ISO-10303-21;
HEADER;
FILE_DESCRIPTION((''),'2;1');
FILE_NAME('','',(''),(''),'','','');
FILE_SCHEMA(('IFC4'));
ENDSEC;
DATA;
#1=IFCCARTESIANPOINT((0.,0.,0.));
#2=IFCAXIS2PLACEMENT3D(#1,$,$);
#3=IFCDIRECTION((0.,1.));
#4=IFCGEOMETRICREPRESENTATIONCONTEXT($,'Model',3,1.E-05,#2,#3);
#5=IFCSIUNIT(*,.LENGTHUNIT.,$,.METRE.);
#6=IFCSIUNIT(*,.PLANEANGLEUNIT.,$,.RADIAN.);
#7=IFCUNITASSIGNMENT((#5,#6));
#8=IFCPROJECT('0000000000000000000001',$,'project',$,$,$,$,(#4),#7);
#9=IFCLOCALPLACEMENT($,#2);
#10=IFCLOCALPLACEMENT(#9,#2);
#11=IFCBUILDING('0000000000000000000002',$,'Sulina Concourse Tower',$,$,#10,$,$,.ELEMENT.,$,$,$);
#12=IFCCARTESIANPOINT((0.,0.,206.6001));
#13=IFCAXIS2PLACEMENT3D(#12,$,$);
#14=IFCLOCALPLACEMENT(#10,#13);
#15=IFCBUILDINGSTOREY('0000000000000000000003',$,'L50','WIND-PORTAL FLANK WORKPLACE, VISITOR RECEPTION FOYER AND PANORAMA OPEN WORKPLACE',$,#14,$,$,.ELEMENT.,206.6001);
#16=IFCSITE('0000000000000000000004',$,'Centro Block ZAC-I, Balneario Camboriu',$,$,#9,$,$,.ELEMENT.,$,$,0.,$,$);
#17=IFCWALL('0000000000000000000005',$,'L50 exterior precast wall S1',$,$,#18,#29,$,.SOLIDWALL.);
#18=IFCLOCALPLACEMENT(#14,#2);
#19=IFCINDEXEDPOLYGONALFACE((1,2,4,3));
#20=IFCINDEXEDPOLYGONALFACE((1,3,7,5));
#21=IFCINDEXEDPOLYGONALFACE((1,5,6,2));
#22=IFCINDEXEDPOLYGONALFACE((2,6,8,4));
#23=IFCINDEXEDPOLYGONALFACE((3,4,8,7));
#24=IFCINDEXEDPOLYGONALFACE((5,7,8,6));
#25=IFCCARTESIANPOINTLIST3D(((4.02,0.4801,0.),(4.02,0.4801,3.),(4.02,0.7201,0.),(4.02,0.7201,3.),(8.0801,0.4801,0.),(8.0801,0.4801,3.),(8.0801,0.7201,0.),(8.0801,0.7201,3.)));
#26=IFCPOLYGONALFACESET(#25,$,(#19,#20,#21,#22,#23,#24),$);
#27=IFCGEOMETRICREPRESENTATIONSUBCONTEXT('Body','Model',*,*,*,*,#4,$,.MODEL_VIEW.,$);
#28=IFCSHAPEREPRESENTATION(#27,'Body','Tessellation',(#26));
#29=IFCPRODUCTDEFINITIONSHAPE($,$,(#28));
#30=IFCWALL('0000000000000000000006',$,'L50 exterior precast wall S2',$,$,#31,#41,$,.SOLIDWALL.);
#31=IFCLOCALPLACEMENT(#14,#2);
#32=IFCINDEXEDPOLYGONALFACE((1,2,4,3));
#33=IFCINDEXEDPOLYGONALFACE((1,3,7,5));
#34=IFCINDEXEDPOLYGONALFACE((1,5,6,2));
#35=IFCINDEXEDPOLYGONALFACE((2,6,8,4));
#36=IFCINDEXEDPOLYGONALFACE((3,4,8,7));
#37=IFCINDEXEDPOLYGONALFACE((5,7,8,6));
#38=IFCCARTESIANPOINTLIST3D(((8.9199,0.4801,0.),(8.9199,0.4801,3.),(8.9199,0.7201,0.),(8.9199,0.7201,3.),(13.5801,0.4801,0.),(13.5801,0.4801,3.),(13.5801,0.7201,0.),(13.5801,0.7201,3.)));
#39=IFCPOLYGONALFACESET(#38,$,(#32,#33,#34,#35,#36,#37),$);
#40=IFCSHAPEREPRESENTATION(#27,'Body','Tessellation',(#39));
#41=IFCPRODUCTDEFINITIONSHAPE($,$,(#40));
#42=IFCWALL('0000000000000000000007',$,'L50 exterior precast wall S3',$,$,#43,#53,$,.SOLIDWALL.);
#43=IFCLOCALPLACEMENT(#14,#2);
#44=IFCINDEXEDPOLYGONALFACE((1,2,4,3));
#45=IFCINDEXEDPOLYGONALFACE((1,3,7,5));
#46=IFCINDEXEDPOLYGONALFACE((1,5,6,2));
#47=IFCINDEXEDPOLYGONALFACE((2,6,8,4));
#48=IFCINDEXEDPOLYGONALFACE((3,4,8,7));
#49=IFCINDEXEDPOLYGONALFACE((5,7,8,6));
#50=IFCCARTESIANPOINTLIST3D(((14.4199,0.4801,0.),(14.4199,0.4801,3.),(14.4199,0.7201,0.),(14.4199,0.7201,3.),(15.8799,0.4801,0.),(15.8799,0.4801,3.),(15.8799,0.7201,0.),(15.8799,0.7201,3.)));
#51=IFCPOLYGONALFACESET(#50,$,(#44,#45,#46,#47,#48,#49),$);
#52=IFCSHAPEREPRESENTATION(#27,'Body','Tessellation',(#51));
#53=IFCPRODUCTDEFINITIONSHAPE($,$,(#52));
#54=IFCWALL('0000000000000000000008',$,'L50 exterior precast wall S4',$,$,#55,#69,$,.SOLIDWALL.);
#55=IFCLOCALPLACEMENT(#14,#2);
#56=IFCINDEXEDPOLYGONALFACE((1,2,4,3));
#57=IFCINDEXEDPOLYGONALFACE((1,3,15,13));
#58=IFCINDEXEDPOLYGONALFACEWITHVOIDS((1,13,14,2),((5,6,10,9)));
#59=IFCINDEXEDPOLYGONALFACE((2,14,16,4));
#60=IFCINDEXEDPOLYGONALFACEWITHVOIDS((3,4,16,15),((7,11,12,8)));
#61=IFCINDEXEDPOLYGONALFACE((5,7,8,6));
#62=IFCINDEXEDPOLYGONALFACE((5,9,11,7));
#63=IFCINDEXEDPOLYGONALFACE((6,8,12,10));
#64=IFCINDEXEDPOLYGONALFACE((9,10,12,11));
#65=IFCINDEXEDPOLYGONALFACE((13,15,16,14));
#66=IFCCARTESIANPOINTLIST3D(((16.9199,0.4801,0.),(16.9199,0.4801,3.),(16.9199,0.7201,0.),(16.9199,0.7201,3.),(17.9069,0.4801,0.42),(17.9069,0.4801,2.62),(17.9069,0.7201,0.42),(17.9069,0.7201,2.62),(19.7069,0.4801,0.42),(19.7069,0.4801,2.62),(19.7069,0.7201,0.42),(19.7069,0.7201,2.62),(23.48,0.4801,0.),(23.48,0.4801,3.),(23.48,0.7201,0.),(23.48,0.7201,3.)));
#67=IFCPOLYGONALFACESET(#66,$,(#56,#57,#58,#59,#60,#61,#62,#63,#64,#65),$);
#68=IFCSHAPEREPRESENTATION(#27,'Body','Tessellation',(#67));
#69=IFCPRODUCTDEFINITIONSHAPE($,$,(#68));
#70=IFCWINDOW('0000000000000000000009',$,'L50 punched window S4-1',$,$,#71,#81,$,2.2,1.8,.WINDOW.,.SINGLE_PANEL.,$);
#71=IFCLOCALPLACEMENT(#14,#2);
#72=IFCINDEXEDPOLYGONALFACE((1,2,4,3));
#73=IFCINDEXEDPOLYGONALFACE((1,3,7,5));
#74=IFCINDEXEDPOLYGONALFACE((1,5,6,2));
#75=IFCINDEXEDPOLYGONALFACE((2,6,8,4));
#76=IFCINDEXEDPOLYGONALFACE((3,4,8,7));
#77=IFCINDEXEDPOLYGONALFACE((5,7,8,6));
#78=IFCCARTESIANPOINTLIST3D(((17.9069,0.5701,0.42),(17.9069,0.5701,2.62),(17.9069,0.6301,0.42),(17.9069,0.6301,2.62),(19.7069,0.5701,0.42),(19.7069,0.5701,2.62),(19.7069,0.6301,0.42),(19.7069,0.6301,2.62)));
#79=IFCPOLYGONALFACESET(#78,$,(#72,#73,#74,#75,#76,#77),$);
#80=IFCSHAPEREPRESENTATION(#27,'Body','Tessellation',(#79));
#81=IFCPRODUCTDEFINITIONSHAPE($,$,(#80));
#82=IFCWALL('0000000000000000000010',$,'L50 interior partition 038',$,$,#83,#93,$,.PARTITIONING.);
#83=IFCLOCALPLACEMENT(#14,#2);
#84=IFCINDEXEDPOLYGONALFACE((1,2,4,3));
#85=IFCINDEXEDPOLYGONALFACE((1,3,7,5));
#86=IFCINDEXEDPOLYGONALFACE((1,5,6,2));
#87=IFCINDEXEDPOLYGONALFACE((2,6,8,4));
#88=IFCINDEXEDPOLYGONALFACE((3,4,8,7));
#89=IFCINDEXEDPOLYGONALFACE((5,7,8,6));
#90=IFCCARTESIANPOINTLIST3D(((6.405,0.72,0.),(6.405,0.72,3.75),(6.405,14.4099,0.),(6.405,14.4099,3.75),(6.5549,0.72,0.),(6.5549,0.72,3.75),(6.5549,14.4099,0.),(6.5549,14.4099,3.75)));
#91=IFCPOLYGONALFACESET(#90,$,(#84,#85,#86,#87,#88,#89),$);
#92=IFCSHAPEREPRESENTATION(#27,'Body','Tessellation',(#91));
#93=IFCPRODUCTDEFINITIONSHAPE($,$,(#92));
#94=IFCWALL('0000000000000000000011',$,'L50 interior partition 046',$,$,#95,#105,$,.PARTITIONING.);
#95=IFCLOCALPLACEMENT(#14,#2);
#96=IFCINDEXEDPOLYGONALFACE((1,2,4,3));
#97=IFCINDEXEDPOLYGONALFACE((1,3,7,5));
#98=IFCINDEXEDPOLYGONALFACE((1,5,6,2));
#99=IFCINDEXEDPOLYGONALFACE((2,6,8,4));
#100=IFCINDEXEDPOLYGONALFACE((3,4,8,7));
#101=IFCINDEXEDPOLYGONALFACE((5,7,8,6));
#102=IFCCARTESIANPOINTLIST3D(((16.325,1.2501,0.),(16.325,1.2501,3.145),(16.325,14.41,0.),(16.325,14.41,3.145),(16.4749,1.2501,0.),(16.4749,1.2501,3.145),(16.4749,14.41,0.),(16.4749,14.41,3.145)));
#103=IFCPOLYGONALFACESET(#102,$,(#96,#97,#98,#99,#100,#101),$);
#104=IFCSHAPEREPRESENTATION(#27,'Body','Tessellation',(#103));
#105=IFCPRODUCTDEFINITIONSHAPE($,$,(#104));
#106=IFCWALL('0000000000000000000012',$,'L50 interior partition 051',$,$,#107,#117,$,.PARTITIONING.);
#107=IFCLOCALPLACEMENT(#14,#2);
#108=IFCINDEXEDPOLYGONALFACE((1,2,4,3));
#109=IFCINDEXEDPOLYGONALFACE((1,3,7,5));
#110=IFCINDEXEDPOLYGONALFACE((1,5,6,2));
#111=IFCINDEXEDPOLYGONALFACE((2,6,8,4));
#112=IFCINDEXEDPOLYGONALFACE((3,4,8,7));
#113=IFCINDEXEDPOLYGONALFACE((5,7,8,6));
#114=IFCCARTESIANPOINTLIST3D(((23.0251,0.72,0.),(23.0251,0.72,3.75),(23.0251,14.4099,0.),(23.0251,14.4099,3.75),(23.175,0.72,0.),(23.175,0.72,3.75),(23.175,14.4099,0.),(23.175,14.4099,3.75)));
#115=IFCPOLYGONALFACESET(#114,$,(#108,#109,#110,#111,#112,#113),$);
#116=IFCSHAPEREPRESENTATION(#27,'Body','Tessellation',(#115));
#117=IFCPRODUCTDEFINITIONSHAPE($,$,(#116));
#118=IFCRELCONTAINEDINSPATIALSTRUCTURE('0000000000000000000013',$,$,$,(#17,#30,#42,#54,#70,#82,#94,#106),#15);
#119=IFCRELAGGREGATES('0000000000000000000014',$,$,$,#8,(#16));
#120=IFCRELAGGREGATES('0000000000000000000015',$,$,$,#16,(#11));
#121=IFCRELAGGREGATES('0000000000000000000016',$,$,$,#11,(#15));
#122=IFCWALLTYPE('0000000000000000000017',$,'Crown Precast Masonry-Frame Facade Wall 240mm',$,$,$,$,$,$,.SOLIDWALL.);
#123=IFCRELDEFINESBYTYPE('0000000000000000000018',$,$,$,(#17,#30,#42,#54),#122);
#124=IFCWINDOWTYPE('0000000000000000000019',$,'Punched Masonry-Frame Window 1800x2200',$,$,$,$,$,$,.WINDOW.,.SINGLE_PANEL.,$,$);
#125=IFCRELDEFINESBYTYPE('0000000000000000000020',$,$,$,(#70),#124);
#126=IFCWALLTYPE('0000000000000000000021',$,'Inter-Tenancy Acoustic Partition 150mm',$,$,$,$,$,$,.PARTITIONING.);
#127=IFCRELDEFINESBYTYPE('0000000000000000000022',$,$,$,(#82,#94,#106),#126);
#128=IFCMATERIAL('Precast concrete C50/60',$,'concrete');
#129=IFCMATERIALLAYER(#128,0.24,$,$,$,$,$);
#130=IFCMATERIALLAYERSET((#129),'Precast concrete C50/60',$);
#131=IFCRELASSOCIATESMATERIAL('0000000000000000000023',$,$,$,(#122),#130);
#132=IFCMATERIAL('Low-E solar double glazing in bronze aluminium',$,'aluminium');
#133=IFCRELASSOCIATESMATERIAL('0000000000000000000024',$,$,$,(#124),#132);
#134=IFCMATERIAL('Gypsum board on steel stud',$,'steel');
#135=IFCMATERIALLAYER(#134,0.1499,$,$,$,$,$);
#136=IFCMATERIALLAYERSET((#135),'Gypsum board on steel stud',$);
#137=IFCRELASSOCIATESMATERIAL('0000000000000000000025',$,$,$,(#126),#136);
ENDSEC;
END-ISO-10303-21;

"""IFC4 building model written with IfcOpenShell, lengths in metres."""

from ifc_helpers import new_model, si_unit, direction, frame, frame_2d, origin, place, context, subcontext, project, spatial, rectangle, extrude, material, layer, layer_set, type_object, element, fill, save


model = new_model("IFC4")

# Units and contexts
model_context = context("Model", 3, precision=1e-05, world=origin(), true_north=direction((0.0, 1.0)))
body_context = subcontext(model_context, "Body", "Model", "MODEL_VIEW")
ifc_project = project(units=[si_unit("LENGTHUNIT", "METRE"), si_unit("PLANEANGLEUNIT", "RADIAN")], contexts=[model_context])

# Site, building, storey
site_placement = place(None, origin())
site = spatial("IfcSite", under=ifc_project, at=site_placement, Name="Centro Block ZAC-I, Balneario Camboriu", CompositionType="ELEMENT", RefElevation=0.0)
building_placement = place(site_placement, origin())
building = spatial("IfcBuilding", under=site, at=building_placement, Name="Sulina Concourse Tower", CompositionType="ELEMENT")
storey_placement = place(building_placement, frame((0.0, 0.0, 206.6001)))
storey = spatial("IfcBuildingStorey", under=building, at=storey_placement, Name="L50", Description="WIND-PORTAL FLANK WORKPLACE, VISITOR RECEPTION FOYER AND PANORAMA OPEN WORKPLACE", CompositionType="ELEMENT", Elevation=206.6001)

# Walls
ifc_material_1 = material(Name="Precast concrete C50/60", Category="concrete")
ifc_layer_1 = layer(ifc_material_1, 0.24)
ifc_layer_set_1 = layer_set([ifc_layer_1], Name="Precast concrete C50/60")
wall_type_1 = type_object("IfcWallType", Name="Crown Precast Masonry-Frame Facade Wall 240mm", PredefinedType="SOLIDWALL", material=ifc_layer_set_1)
wall_1_placement = place(storey_placement, frame((8.0801, 0.6001, 0.0), z_axis=(0.0, 0.0, 1.0), x_axis=(-1.0, 0.0, 0.0)))
element("IfcWall", 1, at=wall_1_placement, inside=storey, type_object=wall_type_1, Name="L50 exterior precast wall S1", PredefinedType="SOLIDWALL", context=body_context, shape_type="SweptSolid", body=[
    extrude(rectangle(XDim=4.0601, YDim=0.24, at=frame_2d((2.03, 0.0))), origin(), (0.0, 0.0, 1.0), 3.0),
])
wall_2_placement = place(storey_placement, frame((13.5801, 0.6001, 0.0), z_axis=(0.0, 0.0, 1.0), x_axis=(-1.0, 0.0, 0.0)))
element("IfcWall", 2, at=wall_2_placement, inside=storey, type_object=wall_type_1, Name="L50 exterior precast wall S2", PredefinedType="SOLIDWALL", context=body_context, shape_type="SweptSolid", body=[
    extrude(rectangle(XDim=4.6602, YDim=0.24, at=frame_2d((2.3301, 0.0))), origin(), (0.0, 0.0, 1.0), 3.0),
])
wall_3_placement = place(storey_placement, frame((15.8799, 0.6001, 0.0), z_axis=(0.0, 0.0, 1.0), x_axis=(-1.0, 0.0, 0.0)))
element("IfcWall", 3, at=wall_3_placement, inside=storey, type_object=wall_type_1, Name="L50 exterior precast wall S3", PredefinedType="SOLIDWALL", context=body_context, shape_type="SweptSolid", body=[
    extrude(rectangle(XDim=1.46, YDim=0.24, at=frame_2d((0.73, 0.0))), origin(), (0.0, 0.0, 1.0), 3.0),
])

# Wall, opening, window
wall_4_placement = place(storey_placement, frame((23.48, 0.6001, 0.0), z_axis=(0.0, 0.0, 1.0), x_axis=(-1.0, 0.0, 0.0)))
wall_4 = element("IfcWall", 4, at=wall_4_placement, inside=storey, type_object=wall_type_1, Name="L50 exterior precast wall S4", PredefinedType="SOLIDWALL", context=body_context, shape_type="SweptSolid", body=[
    extrude(rectangle(XDim=6.5601, YDim=0.24, at=frame_2d((3.28, 0.0))), origin(), (0.0, 0.0, 1.0), 3.0),
])
opening_placement = place(wall_4_placement, frame((3.7732, 0.0, 0.4199)))
opening = element("IfcOpeningElement", 5, at=opening_placement, cuts=wall_4, PredefinedType="OPENING", context=body_context, shape_type="SweptSolid", body=[
    extrude(rectangle(XDim=1.8, YDim=2.2, at=frame_2d((0.8999, 1.1001))), frame((0.0, 0.1299, 0.0), z_axis=(0.0, -1.0, 0.0), x_axis=(1.0, 0.0, 0.0)), (0.0, 0.0, 1.0), 0.26),
])
ifc_material_2 = material(Name="Low-E solar double glazing in bronze aluminium", Category="aluminium")
window_type = type_object("IfcWindowType", Name="Punched Masonry-Frame Window 1800x2200", PartitioningType="SINGLE_PANEL", PredefinedType="WINDOW", material=ifc_material_2)
window_placement = place(opening_placement, origin())
window = element("IfcWindow", 6, at=window_placement, inside=storey, type_object=window_type, Name="L50 punched window S4-1", OverallHeight=2.2, OverallWidth=1.8, PartitioningType="SINGLE_PANEL", PredefinedType="WINDOW", context=body_context, shape_type="SweptSolid", body=[
    extrude(rectangle(XDim=1.8, YDim=2.2, at=frame_2d((0.8999, 1.1001))), frame((0.0, 0.03, 0.0), z_axis=(0.0, -1.0, 0.0), x_axis=(1.0, 0.0, 0.0)), (0.0, 0.0, 1.0), 0.0601),
])
fill(opening, window)

# Walls
ifc_material_3 = material(Name="Gypsum board on steel stud", Category="steel")
ifc_layer_2 = layer(ifc_material_3, 0.1499)
ifc_layer_set_2 = layer_set([ifc_layer_2], Name="Gypsum board on steel stud")
wall_type_2 = type_object("IfcWallType", Name="Inter-Tenancy Acoustic Partition 150mm", PredefinedType="PARTITIONING", material=ifc_layer_set_2)
wall_5_placement = place(storey_placement, frame((6.48, 0.72, 0.0), z_axis=(0.0, 0.0, 1.0), x_axis=(0.0, 1.0, 0.0)))
element("IfcWall", 7, at=wall_5_placement, inside=storey, type_object=wall_type_2, Name="L50 interior partition 038", PredefinedType="PARTITIONING", context=body_context, shape_type="SweptSolid", body=[
    extrude(rectangle(XDim=13.6899, YDim=0.1499, at=frame_2d((6.845, 0.0))), origin(), (0.0, 0.0, 1.0), 3.75),
])
wall_6_placement = place(storey_placement, frame((16.3999, 1.25, 0.0), z_axis=(0.0, 0.0, 1.0), x_axis=(0.0, 1.0, 0.0)))
element("IfcWall", 8, at=wall_6_placement, inside=storey, type_object=wall_type_2, Name="L50 interior partition 046", PredefinedType="PARTITIONING", context=body_context, shape_type="SweptSolid", body=[
    extrude(rectangle(XDim=13.1599, YDim=0.1499, at=frame_2d((6.5801, 0.0))), origin(), (0.0, 0.0, 1.0), 3.145),
])
wall_7_placement = place(storey_placement, frame((23.1001, 0.72, 0.0), z_axis=(0.0, 0.0, 1.0), x_axis=(0.0, 1.0, 0.0)))
element("IfcWall", 9, at=wall_7_placement, inside=storey, type_object=wall_type_2, Name="L50 interior partition 051", PredefinedType="PARTITIONING", context=body_context, shape_type="SweptSolid", body=[
    extrude(rectangle(XDim=13.6899, YDim=0.1499, at=frame_2d((6.845, 0.0))), origin(), (0.0, 0.0, 1.0), 3.75),
])

save(model, "model.ifc")
